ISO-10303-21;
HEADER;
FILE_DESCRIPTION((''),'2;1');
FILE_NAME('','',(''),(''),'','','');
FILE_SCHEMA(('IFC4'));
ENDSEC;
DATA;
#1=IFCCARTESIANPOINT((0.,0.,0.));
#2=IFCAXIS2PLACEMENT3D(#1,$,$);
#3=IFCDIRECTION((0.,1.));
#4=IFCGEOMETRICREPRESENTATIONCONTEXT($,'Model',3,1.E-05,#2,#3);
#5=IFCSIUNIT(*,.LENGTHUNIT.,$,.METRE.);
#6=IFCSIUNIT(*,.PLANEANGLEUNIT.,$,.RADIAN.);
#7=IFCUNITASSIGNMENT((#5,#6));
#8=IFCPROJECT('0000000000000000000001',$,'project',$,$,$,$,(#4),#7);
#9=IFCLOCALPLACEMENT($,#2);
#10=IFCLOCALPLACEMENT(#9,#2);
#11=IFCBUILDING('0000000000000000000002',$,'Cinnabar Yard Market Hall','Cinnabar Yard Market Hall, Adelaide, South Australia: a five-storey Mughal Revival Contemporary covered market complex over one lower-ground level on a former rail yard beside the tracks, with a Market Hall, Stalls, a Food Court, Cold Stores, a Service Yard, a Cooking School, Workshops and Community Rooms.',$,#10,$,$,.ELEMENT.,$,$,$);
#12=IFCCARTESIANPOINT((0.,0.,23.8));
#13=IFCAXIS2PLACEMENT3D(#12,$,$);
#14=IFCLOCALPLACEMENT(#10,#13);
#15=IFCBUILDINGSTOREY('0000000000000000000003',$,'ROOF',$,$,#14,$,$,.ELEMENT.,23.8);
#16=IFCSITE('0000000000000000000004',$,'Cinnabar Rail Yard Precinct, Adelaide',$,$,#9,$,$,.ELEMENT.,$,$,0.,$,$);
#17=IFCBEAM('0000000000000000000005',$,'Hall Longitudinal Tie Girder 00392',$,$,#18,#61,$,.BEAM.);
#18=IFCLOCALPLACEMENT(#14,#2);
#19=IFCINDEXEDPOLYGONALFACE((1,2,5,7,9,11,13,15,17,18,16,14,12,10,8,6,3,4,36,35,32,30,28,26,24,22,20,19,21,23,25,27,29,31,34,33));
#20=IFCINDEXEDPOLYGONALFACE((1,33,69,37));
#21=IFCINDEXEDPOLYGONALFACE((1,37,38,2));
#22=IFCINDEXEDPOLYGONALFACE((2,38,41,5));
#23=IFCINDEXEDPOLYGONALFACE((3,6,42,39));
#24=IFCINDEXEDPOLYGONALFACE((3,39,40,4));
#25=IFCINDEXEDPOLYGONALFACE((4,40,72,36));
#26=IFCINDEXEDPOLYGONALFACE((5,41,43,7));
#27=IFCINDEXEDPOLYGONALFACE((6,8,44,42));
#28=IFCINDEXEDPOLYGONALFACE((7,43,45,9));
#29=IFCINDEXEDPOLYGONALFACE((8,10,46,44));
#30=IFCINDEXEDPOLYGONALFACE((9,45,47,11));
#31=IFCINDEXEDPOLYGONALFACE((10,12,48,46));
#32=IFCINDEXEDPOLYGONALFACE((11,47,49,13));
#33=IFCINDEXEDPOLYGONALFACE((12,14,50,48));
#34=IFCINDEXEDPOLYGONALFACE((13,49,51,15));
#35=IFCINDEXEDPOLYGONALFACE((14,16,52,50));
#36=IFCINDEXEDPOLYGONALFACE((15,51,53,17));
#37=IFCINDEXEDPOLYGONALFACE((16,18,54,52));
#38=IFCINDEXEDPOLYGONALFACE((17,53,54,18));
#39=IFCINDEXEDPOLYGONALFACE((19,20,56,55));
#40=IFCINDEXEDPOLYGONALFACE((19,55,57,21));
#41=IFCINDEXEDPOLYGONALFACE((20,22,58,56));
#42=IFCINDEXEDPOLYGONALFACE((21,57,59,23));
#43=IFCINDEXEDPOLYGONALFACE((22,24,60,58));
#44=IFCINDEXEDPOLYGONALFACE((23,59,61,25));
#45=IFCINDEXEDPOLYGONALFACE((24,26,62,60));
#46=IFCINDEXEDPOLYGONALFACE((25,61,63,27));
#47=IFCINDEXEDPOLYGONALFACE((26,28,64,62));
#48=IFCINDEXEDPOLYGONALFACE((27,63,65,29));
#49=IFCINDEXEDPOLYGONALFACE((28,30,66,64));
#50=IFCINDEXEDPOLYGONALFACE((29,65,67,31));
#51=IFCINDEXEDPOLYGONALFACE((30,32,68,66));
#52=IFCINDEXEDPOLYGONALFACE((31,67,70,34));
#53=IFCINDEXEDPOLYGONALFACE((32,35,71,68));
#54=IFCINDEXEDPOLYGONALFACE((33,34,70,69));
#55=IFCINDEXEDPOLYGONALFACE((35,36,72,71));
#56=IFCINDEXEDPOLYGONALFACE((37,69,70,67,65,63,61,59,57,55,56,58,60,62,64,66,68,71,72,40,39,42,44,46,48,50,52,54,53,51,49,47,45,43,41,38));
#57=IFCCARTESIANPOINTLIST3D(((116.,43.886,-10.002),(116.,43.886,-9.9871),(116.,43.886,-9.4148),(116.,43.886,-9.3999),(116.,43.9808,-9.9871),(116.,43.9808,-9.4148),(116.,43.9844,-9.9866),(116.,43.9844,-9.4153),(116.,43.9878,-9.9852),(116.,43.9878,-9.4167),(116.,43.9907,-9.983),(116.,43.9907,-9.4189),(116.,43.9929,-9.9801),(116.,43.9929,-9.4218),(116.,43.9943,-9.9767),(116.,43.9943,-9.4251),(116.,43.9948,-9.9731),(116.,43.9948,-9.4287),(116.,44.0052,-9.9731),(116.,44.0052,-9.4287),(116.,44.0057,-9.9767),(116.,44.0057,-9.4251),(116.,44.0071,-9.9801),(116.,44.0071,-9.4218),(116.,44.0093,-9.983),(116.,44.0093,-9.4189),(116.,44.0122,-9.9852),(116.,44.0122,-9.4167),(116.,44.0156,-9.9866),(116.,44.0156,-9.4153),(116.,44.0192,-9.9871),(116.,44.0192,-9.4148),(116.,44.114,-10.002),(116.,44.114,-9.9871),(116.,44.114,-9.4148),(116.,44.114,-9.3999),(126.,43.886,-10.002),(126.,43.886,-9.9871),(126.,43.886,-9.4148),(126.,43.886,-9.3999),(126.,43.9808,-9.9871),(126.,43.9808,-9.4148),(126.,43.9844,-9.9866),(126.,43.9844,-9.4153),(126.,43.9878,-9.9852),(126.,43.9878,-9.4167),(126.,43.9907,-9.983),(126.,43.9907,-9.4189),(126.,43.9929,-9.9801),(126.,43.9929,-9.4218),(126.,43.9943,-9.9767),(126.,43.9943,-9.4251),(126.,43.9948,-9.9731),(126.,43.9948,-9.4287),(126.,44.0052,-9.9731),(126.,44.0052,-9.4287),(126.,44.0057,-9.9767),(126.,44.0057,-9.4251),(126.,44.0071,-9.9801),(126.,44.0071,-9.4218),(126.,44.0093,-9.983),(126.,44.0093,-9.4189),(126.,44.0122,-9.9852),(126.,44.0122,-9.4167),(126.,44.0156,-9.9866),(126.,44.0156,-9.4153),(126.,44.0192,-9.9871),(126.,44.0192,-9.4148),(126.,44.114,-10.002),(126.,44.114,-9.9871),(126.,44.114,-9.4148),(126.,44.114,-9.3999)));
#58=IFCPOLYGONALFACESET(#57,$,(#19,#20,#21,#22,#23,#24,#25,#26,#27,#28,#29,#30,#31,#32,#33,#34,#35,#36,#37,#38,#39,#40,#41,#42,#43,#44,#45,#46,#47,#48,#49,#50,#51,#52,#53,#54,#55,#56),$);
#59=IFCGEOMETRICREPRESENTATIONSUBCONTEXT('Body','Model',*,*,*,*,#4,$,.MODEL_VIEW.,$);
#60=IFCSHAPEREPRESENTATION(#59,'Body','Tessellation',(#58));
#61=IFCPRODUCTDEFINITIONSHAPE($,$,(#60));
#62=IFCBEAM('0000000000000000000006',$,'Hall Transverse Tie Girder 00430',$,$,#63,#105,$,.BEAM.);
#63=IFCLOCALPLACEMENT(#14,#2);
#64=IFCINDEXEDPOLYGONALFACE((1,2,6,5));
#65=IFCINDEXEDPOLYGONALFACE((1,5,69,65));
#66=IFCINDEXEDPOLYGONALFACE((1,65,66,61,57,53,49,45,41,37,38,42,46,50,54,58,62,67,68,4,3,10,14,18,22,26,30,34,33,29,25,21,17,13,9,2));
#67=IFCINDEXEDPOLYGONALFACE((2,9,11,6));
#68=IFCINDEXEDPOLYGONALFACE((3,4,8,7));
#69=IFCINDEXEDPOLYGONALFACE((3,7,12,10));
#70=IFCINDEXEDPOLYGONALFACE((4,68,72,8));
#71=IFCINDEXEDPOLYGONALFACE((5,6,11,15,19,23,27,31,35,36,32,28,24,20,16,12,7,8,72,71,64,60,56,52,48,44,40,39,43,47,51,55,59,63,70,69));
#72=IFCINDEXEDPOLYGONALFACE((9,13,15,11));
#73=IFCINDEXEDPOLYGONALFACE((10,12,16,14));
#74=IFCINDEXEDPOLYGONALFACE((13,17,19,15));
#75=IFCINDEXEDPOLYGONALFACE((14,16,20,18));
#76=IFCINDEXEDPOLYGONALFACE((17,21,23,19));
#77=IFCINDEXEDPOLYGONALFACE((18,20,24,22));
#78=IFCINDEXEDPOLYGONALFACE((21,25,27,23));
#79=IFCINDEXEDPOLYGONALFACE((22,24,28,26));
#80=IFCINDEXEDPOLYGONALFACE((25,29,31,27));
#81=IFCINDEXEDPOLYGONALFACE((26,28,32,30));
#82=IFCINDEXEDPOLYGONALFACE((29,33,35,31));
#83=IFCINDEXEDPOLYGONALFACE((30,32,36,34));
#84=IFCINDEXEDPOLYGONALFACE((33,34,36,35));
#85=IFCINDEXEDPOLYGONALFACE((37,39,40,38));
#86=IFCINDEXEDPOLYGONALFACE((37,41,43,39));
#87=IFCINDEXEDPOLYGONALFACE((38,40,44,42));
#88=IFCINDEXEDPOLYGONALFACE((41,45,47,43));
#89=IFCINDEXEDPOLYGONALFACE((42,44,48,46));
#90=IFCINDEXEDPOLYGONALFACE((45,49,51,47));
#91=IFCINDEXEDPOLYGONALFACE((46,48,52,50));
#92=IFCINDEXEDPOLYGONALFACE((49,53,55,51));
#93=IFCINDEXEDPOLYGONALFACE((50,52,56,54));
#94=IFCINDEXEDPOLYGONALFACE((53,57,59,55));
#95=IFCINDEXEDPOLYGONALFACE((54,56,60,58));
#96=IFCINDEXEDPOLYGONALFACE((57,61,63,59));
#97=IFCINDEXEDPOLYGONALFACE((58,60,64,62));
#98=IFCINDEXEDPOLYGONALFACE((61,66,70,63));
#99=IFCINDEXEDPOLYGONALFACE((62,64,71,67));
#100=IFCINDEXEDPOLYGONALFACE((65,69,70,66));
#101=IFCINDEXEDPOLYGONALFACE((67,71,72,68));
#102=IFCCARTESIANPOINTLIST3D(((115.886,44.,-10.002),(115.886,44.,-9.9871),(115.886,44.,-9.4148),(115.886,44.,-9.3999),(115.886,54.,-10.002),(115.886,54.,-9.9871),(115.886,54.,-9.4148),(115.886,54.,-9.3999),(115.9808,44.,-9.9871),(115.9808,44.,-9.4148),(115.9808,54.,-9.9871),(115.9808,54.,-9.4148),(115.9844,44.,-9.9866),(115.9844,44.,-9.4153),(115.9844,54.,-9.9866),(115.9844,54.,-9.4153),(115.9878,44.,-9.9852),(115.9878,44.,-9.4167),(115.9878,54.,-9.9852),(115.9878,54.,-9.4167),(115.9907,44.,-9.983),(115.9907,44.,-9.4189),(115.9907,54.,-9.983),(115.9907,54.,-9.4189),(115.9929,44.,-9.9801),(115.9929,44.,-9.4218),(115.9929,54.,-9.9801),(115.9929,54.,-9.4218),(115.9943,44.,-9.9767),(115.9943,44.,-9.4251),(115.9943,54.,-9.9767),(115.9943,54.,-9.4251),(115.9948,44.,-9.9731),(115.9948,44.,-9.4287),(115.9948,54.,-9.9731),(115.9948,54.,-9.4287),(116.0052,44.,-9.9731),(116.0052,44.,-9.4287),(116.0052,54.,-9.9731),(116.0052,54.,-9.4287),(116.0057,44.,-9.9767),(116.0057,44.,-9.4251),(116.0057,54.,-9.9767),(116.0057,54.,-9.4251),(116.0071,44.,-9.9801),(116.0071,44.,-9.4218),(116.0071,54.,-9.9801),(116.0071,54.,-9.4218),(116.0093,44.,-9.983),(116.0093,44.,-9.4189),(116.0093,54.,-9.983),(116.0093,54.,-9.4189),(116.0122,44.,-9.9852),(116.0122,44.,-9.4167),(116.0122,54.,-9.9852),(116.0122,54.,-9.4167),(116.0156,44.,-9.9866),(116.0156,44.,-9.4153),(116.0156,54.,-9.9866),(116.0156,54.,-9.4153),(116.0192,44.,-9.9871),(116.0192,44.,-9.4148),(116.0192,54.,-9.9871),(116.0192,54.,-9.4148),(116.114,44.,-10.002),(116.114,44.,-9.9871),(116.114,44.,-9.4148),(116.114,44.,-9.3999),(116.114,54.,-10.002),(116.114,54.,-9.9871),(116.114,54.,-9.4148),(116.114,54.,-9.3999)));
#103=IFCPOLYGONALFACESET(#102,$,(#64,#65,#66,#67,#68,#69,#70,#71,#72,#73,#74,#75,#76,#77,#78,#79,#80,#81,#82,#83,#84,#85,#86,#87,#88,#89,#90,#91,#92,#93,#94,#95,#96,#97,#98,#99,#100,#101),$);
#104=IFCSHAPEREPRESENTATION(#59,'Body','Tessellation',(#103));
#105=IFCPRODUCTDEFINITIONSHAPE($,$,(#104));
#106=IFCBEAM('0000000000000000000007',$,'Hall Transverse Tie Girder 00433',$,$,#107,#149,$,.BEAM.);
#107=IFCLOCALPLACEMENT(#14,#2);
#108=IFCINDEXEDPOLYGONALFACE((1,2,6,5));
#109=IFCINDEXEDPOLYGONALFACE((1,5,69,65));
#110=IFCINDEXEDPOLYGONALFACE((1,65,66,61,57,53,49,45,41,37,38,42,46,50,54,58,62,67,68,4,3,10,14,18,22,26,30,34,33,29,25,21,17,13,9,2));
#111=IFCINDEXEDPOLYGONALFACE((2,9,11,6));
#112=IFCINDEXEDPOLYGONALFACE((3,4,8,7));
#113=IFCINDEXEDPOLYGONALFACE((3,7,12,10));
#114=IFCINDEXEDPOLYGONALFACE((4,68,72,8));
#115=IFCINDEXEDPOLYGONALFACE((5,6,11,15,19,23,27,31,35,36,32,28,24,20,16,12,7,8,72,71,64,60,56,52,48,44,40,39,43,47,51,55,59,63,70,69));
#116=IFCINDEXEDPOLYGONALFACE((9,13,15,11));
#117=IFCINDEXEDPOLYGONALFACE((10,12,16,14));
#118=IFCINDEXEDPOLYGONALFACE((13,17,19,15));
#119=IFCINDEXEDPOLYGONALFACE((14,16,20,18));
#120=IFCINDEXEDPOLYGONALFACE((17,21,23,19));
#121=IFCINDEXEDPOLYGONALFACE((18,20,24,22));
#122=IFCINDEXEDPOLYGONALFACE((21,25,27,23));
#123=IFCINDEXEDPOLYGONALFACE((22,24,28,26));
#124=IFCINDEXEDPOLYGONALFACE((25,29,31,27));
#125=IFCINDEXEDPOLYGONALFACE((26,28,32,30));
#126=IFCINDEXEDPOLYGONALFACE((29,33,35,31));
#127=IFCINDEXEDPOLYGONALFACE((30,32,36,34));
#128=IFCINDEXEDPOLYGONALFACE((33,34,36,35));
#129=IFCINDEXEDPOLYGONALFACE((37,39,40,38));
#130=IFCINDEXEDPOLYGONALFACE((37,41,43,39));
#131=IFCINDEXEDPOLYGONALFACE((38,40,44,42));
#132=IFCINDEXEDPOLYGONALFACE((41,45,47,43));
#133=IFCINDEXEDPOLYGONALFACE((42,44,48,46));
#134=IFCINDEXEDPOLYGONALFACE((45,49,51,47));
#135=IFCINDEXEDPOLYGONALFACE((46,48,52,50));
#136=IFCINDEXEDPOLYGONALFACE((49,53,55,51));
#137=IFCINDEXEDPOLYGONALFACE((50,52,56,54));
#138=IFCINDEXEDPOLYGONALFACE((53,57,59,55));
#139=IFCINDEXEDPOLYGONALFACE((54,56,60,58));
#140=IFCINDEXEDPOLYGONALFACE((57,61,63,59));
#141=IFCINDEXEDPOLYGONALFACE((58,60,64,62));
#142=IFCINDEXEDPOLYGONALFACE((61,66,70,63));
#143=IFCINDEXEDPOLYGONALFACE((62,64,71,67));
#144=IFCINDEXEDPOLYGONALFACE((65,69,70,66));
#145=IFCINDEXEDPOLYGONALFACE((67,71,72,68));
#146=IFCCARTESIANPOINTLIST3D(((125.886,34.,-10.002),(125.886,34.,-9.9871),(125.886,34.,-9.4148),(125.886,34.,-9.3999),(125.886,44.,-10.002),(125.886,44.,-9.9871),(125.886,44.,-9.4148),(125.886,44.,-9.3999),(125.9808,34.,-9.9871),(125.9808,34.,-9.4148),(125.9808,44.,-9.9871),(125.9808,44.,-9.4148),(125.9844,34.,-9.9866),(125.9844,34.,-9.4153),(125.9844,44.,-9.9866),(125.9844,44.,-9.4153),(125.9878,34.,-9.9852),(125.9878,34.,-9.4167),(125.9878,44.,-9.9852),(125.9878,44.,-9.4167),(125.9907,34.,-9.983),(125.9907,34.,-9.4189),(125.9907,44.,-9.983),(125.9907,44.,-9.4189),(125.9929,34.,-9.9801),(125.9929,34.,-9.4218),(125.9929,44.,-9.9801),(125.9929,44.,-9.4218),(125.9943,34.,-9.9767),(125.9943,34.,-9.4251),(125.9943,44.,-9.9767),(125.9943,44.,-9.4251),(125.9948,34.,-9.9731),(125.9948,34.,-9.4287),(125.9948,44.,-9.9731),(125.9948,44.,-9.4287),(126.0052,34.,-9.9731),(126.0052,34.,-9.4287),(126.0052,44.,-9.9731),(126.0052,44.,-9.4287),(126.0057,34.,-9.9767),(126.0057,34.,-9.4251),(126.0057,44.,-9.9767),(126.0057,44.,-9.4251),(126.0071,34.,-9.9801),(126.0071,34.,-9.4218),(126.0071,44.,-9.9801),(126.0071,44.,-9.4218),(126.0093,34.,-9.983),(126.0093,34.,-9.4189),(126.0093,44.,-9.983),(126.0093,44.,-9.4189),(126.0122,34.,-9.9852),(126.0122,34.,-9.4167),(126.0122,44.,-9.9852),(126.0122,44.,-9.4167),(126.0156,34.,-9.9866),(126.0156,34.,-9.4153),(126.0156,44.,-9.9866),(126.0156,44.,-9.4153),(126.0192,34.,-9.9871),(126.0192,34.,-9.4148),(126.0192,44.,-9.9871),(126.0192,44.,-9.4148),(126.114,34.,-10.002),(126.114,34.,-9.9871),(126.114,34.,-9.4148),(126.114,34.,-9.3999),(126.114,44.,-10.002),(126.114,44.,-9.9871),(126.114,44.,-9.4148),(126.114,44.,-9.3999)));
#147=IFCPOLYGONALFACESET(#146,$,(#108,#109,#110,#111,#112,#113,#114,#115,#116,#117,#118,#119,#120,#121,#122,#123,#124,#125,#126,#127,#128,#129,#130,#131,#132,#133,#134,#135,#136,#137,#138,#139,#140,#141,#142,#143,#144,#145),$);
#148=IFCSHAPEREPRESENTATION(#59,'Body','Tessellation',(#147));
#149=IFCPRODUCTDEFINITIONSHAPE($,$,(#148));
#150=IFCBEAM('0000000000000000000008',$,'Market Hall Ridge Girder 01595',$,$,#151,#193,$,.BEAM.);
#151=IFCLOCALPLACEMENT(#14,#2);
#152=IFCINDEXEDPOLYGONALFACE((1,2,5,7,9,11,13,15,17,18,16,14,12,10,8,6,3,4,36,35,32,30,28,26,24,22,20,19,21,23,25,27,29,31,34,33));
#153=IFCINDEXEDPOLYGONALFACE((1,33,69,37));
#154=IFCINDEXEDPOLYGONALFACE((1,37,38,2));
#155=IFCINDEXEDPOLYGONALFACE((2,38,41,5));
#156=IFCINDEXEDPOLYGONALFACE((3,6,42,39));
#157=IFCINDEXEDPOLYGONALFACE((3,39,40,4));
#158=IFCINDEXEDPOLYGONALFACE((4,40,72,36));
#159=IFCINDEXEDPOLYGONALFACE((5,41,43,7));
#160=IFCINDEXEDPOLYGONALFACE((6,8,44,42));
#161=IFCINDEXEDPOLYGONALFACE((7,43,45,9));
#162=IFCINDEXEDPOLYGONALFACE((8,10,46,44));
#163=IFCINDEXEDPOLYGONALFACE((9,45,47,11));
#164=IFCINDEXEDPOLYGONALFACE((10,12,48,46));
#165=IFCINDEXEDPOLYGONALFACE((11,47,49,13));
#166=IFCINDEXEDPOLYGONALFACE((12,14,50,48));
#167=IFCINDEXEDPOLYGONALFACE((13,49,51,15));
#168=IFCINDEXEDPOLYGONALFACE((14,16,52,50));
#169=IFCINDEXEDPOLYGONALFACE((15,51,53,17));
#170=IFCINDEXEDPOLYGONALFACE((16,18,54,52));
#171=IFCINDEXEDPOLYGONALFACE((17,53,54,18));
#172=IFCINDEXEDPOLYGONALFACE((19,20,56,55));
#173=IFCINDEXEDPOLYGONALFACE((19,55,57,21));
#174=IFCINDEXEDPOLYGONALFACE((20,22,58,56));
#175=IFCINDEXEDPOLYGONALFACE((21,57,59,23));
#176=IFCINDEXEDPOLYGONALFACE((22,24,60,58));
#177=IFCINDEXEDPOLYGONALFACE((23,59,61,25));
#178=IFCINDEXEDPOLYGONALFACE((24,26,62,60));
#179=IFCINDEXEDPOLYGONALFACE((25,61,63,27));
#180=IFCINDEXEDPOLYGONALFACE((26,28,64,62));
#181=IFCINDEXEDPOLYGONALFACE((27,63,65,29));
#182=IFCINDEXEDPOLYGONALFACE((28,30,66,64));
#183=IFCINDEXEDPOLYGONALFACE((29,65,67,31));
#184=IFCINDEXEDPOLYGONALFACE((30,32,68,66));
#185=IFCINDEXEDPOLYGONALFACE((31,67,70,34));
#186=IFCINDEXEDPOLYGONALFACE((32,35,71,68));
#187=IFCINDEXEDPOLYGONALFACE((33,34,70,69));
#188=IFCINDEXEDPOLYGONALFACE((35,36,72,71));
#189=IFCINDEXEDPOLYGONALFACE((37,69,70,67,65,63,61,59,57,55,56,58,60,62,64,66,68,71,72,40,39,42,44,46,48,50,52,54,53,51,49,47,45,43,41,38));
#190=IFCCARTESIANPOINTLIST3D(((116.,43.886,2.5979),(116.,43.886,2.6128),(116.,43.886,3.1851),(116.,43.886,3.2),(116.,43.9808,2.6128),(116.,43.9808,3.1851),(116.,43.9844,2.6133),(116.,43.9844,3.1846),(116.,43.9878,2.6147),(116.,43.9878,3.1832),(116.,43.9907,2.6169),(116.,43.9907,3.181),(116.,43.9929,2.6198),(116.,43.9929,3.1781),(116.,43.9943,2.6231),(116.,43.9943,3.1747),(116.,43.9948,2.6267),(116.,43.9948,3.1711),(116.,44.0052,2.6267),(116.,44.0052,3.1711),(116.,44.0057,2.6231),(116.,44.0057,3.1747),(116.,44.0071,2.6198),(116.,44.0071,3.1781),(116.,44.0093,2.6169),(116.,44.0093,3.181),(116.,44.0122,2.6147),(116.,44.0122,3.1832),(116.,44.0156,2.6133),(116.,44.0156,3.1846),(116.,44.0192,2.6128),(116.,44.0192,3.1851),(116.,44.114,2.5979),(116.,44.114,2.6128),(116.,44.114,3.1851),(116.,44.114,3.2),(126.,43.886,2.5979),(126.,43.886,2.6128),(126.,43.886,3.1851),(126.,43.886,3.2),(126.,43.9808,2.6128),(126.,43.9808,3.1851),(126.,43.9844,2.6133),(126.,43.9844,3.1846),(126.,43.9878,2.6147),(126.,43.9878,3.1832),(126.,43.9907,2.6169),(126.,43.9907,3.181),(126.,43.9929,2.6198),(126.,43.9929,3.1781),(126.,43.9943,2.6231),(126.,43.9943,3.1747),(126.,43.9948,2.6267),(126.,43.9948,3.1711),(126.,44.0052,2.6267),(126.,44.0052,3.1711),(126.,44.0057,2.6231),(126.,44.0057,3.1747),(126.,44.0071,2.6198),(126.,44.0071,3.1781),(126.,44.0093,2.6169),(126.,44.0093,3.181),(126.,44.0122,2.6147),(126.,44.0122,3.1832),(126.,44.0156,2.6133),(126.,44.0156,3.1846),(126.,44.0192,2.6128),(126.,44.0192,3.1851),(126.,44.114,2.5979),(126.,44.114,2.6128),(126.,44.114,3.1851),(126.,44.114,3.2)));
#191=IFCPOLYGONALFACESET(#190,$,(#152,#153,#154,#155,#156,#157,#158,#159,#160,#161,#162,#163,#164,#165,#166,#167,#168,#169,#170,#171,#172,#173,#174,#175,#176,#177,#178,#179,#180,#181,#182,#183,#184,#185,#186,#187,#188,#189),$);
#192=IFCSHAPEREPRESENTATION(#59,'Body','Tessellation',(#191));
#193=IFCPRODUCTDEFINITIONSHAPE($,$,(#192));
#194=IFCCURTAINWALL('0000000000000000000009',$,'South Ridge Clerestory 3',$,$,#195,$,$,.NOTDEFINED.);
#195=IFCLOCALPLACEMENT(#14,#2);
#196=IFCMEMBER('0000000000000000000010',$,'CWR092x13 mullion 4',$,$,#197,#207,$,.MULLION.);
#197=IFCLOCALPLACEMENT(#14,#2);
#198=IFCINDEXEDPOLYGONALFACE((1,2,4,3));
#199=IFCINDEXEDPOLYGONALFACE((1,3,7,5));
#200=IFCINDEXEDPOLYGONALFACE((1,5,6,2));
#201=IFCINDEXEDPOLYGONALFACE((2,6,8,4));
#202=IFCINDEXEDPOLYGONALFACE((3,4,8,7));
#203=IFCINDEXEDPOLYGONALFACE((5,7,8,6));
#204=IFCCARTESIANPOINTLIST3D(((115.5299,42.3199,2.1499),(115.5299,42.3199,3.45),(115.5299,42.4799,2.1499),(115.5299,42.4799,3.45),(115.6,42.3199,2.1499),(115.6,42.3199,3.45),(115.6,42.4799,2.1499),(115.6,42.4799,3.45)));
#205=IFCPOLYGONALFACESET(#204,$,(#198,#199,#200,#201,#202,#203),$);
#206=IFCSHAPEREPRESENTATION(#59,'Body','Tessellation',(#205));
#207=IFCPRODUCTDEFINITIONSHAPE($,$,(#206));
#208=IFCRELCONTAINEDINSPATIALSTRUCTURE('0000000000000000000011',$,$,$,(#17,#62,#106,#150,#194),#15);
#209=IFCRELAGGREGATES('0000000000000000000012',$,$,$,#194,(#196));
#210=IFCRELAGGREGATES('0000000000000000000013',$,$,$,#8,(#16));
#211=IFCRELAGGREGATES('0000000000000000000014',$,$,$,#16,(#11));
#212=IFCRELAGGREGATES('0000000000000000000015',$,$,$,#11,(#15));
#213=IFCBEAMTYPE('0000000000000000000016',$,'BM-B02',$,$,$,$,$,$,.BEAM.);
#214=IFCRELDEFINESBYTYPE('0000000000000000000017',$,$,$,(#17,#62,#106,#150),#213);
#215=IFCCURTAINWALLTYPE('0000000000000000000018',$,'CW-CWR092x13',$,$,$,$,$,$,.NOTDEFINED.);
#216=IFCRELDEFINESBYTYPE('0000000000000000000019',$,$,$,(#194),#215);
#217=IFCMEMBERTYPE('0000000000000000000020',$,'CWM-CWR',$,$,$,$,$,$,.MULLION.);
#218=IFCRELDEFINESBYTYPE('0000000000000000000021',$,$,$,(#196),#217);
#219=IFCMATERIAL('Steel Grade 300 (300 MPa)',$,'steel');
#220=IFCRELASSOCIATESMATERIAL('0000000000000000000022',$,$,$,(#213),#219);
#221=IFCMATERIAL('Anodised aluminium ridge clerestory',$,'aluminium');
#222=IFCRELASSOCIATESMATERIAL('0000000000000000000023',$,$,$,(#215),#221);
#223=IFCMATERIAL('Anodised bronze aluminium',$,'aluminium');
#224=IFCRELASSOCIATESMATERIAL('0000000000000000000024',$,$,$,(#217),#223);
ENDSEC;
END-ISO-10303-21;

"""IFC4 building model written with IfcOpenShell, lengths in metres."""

from ifc_helpers import new_model, si_unit, direction, frame, origin, origin_2d_with_axis, place, context, subcontext, project, spatial, rectangle, i_section, extrude, material, material_profile, profile_set, type_object, element, aggregate, save


model = new_model("IFC4")

# Units and contexts
model_context = context("Model", 3, precision=1e-05, world=origin(), true_north=direction((0.0, 1.0)))
body_context = subcontext(model_context, "Body", "Model", "MODEL_VIEW")
ifc_project = project(units=[si_unit("LENGTHUNIT", "METRE"), si_unit("PLANEANGLEUNIT", "RADIAN")], contexts=[model_context])

# Site, building, storey
site_placement = place(None, origin())
site = spatial("IfcSite", under=ifc_project, at=site_placement, Name="Cinnabar Rail Yard Precinct, Adelaide", CompositionType="ELEMENT", RefElevation=0.0)
building_placement = place(site_placement, origin())
building = spatial("IfcBuilding", under=site, at=building_placement, Name="Cinnabar Yard Market Hall", Description="Cinnabar Yard Market Hall, Adelaide, South Australia: a five-storey Mughal Revival Contemporary covered market complex over one lower-ground level on a former rail yard beside the tracks, with a Market Hall, Stalls, a Food Court, Cold Stores, a Service Yard, a Cooking School, Workshops and Community Rooms.", CompositionType="ELEMENT")
storey_placement = place(building_placement, frame((0.0, 0.0, 23.8)))
storey = spatial("IfcBuildingStorey", under=building, at=storey_placement, Name="ROOF", CompositionType="ELEMENT", Elevation=23.8)

# Beams
ifc_material_1 = material(Name="Steel Grade 300 (300 MPa)", Category="steel")
ifc_material_profile_1 = material_profile(ifc_material_1, i_section(OverallWidth=0.228, OverallDepth=0.6021, WebThickness=0.0105, FlangeThickness=0.0149, FilletRadius=0.0139, at=origin_2d_with_axis()), Name="610UB101")
ifc_profile_set_1 = profile_set([ifc_material_profile_1], Name="Steel Grade 300 (300 MPa)")
beam_type = type_object("IfcBeamType", Name="BM-B02", PredefinedType="BEAM", material=ifc_profile_set_1)
for number, where, z_axis, x_axis, name in (
    (1, (116.0, 44.0, -9.7009), (1.0, 0.0, 0.0), (0.0, 1.0, 0.0), "Hall Longitudinal Tie Girder 00392"),
    (2, (116.0, 44.0, -9.7009), (0.0, 1.0, 0.0), (-1.0, 0.0, 0.0), "Hall Transverse Tie Girder 00430"),
    (3, (126.0, 34.0, -9.7009), (0.0, 1.0, 0.0), (-1.0, 0.0, 0.0), "Hall Transverse Tie Girder 00433"),
    (4, (116.0, 44.0, 2.8989), (1.0, 0.0, 0.0), (0.0, 1.0, 0.0), "Market Hall Ridge Girder 01595"),
):
    element("IfcBeam", number, at=place(storey_placement, frame(where, z_axis=z_axis, x_axis=x_axis)), inside=storey, type_object=beam_type, Name=name, PredefinedType="BEAM", context=body_context, shape_type="SweptSolid", body=[
        extrude(i_section(OverallWidth=0.228, OverallDepth=0.6021, WebThickness=0.0105, FlangeThickness=0.0149, FilletRadius=0.0139, at=origin_2d_with_axis()), origin(), (0.0, 0.0, 1.0), 10.0),
    ])

# Curtain wall, member
ifc_material_2 = material(Name="Anodised aluminium ridge clerestory", Category="aluminium")
curtain_wall_type = type_object("IfcCurtainWallType", Name="CW-CWR092x13", PredefinedType="NOTDEFINED", material=ifc_material_2)
curtain_wall_1_placement = place(storey_placement, origin())
curtain_wall_1 = element("IfcCurtainWall", 5, at=curtain_wall_1_placement, inside=storey, type_object=curtain_wall_type, Name="South Ridge Clerestory 3", PredefinedType="NOTDEFINED")
ifc_material_3 = material(Name="Anodised bronze aluminium", Category="aluminium")
ifc_material_profile_2 = material_profile(ifc_material_3, rectangle(XDim=0.1599, YDim=0.0701, at=origin_2d_with_axis()), Name="MUL-CWR")
ifc_profile_set_2 = profile_set([ifc_material_profile_2], Name="Anodised bronze aluminium")
member_type_1 = type_object("IfcMemberType", Name="CWM-CWR", PredefinedType="MULLION", material=ifc_profile_set_2)
member_1_placement = place(storey_placement, frame((115.5649, 42.3999, 2.1499), z_axis=(0.0, 0.0, 1.0), x_axis=(0.0, 1.0, 0.0)))
member_1 = element("IfcMember", 6, at=member_1_placement, type_object=member_type_1, Name="CWR092x13 mullion 4", PredefinedType="MULLION", context=body_context, shape_type="SweptSolid", body=[
    extrude(rectangle(XDim=0.1599, YDim=0.0701, at=origin_2d_with_axis()), origin(), (0.0, 0.0, 1.0), 1.3),
])

aggregate(curtain_wall_1, [member_1])

save(model, "model.ifc")
